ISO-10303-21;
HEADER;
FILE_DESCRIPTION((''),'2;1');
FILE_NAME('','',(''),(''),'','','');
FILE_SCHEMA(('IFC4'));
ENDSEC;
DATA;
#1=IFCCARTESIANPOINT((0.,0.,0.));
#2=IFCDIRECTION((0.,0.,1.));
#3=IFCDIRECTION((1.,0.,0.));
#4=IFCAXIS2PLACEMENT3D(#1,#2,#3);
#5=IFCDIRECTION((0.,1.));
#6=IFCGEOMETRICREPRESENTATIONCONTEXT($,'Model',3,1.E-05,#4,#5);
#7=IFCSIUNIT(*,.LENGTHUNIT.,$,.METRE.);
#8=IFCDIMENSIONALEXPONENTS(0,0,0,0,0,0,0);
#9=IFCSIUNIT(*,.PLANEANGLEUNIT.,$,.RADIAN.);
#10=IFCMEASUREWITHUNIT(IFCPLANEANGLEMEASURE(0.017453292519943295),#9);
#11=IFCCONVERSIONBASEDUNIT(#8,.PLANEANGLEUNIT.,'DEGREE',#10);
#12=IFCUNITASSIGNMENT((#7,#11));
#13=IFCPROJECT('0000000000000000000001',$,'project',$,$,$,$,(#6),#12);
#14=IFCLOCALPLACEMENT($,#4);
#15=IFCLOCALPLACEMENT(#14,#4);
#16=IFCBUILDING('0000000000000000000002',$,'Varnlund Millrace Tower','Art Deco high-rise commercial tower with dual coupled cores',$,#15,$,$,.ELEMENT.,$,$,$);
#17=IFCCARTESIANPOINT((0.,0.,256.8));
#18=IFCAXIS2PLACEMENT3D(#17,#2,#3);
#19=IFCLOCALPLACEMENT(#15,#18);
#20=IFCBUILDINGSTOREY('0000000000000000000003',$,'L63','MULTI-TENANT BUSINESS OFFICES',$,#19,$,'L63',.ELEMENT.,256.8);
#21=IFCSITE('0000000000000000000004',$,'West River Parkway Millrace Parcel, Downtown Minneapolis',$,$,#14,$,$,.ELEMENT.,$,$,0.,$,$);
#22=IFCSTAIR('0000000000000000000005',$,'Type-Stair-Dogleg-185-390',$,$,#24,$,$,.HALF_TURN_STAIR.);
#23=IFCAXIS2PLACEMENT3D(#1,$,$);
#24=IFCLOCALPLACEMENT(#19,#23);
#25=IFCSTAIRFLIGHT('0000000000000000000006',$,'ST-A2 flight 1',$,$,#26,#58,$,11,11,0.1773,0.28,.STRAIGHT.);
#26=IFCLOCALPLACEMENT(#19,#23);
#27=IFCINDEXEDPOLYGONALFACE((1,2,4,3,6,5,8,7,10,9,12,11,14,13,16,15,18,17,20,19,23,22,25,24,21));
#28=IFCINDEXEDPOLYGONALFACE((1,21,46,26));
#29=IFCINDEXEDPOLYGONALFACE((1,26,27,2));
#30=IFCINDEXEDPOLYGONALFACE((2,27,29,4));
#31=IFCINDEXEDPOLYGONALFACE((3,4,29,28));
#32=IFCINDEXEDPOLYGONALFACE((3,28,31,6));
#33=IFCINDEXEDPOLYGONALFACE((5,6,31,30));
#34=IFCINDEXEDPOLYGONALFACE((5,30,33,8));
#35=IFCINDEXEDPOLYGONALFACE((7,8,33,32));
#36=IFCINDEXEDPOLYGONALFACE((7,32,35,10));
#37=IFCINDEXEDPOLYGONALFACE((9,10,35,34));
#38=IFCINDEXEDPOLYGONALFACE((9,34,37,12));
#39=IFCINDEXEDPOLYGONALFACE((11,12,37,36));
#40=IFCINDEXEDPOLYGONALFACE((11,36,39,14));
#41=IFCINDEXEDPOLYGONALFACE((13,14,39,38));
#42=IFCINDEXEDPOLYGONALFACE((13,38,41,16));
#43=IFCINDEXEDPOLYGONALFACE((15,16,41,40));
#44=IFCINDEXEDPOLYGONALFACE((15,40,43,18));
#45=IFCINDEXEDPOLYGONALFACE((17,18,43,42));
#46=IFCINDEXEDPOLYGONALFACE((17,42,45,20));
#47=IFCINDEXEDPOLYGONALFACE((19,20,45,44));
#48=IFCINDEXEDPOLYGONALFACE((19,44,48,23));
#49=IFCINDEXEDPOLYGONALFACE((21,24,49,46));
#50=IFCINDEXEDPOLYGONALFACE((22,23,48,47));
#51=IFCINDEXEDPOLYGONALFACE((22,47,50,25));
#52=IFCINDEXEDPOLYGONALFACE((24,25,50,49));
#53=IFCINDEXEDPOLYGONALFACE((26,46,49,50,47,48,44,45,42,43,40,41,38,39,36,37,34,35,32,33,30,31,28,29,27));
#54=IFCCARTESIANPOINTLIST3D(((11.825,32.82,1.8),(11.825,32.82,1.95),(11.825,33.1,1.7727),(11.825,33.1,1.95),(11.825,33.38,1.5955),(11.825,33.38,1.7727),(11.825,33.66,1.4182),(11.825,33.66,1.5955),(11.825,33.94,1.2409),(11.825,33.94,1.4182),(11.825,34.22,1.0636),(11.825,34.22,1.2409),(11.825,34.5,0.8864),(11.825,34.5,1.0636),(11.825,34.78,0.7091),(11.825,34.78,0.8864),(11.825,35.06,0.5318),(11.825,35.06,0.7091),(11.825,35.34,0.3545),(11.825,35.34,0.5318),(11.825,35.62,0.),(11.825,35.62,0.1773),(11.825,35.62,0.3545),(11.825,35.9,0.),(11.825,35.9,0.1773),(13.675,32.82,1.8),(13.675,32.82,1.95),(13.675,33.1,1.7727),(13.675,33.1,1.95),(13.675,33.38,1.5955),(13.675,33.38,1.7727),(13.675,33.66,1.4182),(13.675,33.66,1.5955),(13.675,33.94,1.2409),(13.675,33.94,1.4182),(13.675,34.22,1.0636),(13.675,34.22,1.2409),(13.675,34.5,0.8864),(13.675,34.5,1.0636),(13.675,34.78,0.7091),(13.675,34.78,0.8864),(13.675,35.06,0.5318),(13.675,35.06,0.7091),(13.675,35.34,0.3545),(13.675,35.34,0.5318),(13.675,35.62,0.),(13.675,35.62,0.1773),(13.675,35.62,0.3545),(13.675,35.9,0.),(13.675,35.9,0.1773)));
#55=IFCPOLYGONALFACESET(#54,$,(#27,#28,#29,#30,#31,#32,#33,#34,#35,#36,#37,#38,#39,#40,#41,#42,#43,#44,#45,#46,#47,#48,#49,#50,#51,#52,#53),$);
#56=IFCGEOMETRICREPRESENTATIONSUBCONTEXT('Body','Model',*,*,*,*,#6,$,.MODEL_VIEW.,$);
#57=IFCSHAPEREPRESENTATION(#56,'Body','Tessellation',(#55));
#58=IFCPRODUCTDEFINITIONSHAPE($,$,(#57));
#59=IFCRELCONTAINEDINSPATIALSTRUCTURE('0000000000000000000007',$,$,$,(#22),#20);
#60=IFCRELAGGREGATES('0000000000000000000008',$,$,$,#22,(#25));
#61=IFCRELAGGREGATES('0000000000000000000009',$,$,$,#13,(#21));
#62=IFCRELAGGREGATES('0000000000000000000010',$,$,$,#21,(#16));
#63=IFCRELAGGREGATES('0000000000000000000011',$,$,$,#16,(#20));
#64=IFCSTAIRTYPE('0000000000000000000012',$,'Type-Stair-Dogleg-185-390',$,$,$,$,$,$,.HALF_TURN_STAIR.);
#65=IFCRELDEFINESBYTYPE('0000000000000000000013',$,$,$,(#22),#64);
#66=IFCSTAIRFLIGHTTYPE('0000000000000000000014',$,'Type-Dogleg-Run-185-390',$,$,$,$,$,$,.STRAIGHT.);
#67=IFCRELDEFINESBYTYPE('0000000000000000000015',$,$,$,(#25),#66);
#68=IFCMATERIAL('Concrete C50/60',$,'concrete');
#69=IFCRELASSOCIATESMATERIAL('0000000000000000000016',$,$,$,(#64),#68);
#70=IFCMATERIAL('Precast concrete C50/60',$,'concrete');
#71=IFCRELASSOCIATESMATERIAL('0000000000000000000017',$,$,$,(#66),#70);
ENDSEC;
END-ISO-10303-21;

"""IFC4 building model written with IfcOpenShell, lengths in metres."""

from ifc_helpers import new_model, entity, si_unit, converted_unit, direction, frame, origin_with_axes, place, context, subcontext, project, spatial, polyline, outline, extrude, material, type_object, element, aggregate, save


model = new_model("IFC4")

# Units and contexts
model_context = context("Model", 3, precision=1e-05, world=origin_with_axes(), true_north=direction((0.0, 1.0)))
body_context = subcontext(model_context, "Body", "Model", "MODEL_VIEW")
ifc_project = project(units=[si_unit("LENGTHUNIT", "METRE"), converted_unit("PLANEANGLEUNIT", "DEGREE", entity("IfcPlaneAngleMeasure", 0.017453292519943295), si_unit("PLANEANGLEUNIT", "RADIAN"), dimensions=[0, 0, 0, 0, 0, 0, 0])], contexts=[model_context])

# Site, building, storey
site_placement = place(None, origin_with_axes())
site = spatial("IfcSite", under=ifc_project, at=site_placement, Name="West River Parkway Millrace Parcel, Downtown Minneapolis", CompositionType="ELEMENT", RefElevation=0.0)
building_placement = place(site_placement, origin_with_axes())
building = spatial("IfcBuilding", under=site, at=building_placement, Name="Varnlund Millrace Tower", Description="Art Deco high-rise commercial tower with dual coupled cores", CompositionType="ELEMENT")
storey_placement = place(building_placement, frame((0.0, 0.0, 256.8), z_axis=(0.0, 0.0, 1.0), x_axis=(1.0, 0.0, 0.0)))
storey = spatial("IfcBuildingStorey", under=building, at=storey_placement, Name="L63", Description="MULTI-TENANT BUSINESS OFFICES", LongName="L63", CompositionType="ELEMENT", Elevation=256.8)

# Stair, stair flight
ifc_material_1 = material(Name="Concrete C50/60", Category="concrete")
ifc_material_2 = material(Name="Precast concrete C50/60", Category="concrete")
stair_type_1 = type_object("IfcStairType", Name="Type-Stair-Dogleg-185-390", PredefinedType="HALF_TURN_STAIR", material=ifc_material_1)
stair_1_placement = place(storey_placement, origin_with_axes())
stair_1 = element("IfcStair", 1, at=stair_1_placement, inside=storey, type_object=stair_type_1, Name="Type-Stair-Dogleg-185-390", PredefinedType="HALF_TURN_STAIR")
stair_flight_type_1 = type_object("IfcStairFlightType", Name="Type-Dogleg-Run-185-390", PredefinedType="STRAIGHT", material=ifc_material_2)
stair_flight_1_placement = place(storey_placement, frame((13.675, 35.9, 0.0), z_axis=(-1.0, 0.0, 0.0), x_axis=(0.0, -1.0, 0.0)))
stair_flight_1 = element("IfcStairFlight", 2, at=stair_flight_1_placement, type_object=stair_flight_type_1, Name="ST-A2 flight 1", NumberOfRisers=11, NumberOfTreads=11, PredefinedType="STRAIGHT", RiserHeight=0.1773, TreadLength=0.28, context=body_context, shape_type="SweptSolid", body=[
    extrude(outline(polyline([(0.0, 0.0), (0.0, 0.1773), (0.28, 0.1773), (0.28, 0.3545), (0.56, 0.3545), (0.56, 0.5318), (0.84, 0.5318), (0.84, 0.7091), (1.12, 0.7091), (1.12, 0.8864), (1.4, 0.8864), (1.4, 1.0636), (1.68, 1.0636), (1.68, 1.2409), (1.96, 1.2409), (1.96, 1.4182), (2.24, 1.4182), (2.24, 1.5955), (2.52, 1.5955), (2.52, 1.7727), (2.8, 1.7727), (2.8, 1.95), (3.08, 1.95), (3.08, 1.8), (0.28, 0.0), (0.0, 0.0)])), origin_with_axes(), (0.0, 0.0, 1.0), 1.85),
])
aggregate(stair_1, [stair_flight_1])

save(model, "model.ifc")
